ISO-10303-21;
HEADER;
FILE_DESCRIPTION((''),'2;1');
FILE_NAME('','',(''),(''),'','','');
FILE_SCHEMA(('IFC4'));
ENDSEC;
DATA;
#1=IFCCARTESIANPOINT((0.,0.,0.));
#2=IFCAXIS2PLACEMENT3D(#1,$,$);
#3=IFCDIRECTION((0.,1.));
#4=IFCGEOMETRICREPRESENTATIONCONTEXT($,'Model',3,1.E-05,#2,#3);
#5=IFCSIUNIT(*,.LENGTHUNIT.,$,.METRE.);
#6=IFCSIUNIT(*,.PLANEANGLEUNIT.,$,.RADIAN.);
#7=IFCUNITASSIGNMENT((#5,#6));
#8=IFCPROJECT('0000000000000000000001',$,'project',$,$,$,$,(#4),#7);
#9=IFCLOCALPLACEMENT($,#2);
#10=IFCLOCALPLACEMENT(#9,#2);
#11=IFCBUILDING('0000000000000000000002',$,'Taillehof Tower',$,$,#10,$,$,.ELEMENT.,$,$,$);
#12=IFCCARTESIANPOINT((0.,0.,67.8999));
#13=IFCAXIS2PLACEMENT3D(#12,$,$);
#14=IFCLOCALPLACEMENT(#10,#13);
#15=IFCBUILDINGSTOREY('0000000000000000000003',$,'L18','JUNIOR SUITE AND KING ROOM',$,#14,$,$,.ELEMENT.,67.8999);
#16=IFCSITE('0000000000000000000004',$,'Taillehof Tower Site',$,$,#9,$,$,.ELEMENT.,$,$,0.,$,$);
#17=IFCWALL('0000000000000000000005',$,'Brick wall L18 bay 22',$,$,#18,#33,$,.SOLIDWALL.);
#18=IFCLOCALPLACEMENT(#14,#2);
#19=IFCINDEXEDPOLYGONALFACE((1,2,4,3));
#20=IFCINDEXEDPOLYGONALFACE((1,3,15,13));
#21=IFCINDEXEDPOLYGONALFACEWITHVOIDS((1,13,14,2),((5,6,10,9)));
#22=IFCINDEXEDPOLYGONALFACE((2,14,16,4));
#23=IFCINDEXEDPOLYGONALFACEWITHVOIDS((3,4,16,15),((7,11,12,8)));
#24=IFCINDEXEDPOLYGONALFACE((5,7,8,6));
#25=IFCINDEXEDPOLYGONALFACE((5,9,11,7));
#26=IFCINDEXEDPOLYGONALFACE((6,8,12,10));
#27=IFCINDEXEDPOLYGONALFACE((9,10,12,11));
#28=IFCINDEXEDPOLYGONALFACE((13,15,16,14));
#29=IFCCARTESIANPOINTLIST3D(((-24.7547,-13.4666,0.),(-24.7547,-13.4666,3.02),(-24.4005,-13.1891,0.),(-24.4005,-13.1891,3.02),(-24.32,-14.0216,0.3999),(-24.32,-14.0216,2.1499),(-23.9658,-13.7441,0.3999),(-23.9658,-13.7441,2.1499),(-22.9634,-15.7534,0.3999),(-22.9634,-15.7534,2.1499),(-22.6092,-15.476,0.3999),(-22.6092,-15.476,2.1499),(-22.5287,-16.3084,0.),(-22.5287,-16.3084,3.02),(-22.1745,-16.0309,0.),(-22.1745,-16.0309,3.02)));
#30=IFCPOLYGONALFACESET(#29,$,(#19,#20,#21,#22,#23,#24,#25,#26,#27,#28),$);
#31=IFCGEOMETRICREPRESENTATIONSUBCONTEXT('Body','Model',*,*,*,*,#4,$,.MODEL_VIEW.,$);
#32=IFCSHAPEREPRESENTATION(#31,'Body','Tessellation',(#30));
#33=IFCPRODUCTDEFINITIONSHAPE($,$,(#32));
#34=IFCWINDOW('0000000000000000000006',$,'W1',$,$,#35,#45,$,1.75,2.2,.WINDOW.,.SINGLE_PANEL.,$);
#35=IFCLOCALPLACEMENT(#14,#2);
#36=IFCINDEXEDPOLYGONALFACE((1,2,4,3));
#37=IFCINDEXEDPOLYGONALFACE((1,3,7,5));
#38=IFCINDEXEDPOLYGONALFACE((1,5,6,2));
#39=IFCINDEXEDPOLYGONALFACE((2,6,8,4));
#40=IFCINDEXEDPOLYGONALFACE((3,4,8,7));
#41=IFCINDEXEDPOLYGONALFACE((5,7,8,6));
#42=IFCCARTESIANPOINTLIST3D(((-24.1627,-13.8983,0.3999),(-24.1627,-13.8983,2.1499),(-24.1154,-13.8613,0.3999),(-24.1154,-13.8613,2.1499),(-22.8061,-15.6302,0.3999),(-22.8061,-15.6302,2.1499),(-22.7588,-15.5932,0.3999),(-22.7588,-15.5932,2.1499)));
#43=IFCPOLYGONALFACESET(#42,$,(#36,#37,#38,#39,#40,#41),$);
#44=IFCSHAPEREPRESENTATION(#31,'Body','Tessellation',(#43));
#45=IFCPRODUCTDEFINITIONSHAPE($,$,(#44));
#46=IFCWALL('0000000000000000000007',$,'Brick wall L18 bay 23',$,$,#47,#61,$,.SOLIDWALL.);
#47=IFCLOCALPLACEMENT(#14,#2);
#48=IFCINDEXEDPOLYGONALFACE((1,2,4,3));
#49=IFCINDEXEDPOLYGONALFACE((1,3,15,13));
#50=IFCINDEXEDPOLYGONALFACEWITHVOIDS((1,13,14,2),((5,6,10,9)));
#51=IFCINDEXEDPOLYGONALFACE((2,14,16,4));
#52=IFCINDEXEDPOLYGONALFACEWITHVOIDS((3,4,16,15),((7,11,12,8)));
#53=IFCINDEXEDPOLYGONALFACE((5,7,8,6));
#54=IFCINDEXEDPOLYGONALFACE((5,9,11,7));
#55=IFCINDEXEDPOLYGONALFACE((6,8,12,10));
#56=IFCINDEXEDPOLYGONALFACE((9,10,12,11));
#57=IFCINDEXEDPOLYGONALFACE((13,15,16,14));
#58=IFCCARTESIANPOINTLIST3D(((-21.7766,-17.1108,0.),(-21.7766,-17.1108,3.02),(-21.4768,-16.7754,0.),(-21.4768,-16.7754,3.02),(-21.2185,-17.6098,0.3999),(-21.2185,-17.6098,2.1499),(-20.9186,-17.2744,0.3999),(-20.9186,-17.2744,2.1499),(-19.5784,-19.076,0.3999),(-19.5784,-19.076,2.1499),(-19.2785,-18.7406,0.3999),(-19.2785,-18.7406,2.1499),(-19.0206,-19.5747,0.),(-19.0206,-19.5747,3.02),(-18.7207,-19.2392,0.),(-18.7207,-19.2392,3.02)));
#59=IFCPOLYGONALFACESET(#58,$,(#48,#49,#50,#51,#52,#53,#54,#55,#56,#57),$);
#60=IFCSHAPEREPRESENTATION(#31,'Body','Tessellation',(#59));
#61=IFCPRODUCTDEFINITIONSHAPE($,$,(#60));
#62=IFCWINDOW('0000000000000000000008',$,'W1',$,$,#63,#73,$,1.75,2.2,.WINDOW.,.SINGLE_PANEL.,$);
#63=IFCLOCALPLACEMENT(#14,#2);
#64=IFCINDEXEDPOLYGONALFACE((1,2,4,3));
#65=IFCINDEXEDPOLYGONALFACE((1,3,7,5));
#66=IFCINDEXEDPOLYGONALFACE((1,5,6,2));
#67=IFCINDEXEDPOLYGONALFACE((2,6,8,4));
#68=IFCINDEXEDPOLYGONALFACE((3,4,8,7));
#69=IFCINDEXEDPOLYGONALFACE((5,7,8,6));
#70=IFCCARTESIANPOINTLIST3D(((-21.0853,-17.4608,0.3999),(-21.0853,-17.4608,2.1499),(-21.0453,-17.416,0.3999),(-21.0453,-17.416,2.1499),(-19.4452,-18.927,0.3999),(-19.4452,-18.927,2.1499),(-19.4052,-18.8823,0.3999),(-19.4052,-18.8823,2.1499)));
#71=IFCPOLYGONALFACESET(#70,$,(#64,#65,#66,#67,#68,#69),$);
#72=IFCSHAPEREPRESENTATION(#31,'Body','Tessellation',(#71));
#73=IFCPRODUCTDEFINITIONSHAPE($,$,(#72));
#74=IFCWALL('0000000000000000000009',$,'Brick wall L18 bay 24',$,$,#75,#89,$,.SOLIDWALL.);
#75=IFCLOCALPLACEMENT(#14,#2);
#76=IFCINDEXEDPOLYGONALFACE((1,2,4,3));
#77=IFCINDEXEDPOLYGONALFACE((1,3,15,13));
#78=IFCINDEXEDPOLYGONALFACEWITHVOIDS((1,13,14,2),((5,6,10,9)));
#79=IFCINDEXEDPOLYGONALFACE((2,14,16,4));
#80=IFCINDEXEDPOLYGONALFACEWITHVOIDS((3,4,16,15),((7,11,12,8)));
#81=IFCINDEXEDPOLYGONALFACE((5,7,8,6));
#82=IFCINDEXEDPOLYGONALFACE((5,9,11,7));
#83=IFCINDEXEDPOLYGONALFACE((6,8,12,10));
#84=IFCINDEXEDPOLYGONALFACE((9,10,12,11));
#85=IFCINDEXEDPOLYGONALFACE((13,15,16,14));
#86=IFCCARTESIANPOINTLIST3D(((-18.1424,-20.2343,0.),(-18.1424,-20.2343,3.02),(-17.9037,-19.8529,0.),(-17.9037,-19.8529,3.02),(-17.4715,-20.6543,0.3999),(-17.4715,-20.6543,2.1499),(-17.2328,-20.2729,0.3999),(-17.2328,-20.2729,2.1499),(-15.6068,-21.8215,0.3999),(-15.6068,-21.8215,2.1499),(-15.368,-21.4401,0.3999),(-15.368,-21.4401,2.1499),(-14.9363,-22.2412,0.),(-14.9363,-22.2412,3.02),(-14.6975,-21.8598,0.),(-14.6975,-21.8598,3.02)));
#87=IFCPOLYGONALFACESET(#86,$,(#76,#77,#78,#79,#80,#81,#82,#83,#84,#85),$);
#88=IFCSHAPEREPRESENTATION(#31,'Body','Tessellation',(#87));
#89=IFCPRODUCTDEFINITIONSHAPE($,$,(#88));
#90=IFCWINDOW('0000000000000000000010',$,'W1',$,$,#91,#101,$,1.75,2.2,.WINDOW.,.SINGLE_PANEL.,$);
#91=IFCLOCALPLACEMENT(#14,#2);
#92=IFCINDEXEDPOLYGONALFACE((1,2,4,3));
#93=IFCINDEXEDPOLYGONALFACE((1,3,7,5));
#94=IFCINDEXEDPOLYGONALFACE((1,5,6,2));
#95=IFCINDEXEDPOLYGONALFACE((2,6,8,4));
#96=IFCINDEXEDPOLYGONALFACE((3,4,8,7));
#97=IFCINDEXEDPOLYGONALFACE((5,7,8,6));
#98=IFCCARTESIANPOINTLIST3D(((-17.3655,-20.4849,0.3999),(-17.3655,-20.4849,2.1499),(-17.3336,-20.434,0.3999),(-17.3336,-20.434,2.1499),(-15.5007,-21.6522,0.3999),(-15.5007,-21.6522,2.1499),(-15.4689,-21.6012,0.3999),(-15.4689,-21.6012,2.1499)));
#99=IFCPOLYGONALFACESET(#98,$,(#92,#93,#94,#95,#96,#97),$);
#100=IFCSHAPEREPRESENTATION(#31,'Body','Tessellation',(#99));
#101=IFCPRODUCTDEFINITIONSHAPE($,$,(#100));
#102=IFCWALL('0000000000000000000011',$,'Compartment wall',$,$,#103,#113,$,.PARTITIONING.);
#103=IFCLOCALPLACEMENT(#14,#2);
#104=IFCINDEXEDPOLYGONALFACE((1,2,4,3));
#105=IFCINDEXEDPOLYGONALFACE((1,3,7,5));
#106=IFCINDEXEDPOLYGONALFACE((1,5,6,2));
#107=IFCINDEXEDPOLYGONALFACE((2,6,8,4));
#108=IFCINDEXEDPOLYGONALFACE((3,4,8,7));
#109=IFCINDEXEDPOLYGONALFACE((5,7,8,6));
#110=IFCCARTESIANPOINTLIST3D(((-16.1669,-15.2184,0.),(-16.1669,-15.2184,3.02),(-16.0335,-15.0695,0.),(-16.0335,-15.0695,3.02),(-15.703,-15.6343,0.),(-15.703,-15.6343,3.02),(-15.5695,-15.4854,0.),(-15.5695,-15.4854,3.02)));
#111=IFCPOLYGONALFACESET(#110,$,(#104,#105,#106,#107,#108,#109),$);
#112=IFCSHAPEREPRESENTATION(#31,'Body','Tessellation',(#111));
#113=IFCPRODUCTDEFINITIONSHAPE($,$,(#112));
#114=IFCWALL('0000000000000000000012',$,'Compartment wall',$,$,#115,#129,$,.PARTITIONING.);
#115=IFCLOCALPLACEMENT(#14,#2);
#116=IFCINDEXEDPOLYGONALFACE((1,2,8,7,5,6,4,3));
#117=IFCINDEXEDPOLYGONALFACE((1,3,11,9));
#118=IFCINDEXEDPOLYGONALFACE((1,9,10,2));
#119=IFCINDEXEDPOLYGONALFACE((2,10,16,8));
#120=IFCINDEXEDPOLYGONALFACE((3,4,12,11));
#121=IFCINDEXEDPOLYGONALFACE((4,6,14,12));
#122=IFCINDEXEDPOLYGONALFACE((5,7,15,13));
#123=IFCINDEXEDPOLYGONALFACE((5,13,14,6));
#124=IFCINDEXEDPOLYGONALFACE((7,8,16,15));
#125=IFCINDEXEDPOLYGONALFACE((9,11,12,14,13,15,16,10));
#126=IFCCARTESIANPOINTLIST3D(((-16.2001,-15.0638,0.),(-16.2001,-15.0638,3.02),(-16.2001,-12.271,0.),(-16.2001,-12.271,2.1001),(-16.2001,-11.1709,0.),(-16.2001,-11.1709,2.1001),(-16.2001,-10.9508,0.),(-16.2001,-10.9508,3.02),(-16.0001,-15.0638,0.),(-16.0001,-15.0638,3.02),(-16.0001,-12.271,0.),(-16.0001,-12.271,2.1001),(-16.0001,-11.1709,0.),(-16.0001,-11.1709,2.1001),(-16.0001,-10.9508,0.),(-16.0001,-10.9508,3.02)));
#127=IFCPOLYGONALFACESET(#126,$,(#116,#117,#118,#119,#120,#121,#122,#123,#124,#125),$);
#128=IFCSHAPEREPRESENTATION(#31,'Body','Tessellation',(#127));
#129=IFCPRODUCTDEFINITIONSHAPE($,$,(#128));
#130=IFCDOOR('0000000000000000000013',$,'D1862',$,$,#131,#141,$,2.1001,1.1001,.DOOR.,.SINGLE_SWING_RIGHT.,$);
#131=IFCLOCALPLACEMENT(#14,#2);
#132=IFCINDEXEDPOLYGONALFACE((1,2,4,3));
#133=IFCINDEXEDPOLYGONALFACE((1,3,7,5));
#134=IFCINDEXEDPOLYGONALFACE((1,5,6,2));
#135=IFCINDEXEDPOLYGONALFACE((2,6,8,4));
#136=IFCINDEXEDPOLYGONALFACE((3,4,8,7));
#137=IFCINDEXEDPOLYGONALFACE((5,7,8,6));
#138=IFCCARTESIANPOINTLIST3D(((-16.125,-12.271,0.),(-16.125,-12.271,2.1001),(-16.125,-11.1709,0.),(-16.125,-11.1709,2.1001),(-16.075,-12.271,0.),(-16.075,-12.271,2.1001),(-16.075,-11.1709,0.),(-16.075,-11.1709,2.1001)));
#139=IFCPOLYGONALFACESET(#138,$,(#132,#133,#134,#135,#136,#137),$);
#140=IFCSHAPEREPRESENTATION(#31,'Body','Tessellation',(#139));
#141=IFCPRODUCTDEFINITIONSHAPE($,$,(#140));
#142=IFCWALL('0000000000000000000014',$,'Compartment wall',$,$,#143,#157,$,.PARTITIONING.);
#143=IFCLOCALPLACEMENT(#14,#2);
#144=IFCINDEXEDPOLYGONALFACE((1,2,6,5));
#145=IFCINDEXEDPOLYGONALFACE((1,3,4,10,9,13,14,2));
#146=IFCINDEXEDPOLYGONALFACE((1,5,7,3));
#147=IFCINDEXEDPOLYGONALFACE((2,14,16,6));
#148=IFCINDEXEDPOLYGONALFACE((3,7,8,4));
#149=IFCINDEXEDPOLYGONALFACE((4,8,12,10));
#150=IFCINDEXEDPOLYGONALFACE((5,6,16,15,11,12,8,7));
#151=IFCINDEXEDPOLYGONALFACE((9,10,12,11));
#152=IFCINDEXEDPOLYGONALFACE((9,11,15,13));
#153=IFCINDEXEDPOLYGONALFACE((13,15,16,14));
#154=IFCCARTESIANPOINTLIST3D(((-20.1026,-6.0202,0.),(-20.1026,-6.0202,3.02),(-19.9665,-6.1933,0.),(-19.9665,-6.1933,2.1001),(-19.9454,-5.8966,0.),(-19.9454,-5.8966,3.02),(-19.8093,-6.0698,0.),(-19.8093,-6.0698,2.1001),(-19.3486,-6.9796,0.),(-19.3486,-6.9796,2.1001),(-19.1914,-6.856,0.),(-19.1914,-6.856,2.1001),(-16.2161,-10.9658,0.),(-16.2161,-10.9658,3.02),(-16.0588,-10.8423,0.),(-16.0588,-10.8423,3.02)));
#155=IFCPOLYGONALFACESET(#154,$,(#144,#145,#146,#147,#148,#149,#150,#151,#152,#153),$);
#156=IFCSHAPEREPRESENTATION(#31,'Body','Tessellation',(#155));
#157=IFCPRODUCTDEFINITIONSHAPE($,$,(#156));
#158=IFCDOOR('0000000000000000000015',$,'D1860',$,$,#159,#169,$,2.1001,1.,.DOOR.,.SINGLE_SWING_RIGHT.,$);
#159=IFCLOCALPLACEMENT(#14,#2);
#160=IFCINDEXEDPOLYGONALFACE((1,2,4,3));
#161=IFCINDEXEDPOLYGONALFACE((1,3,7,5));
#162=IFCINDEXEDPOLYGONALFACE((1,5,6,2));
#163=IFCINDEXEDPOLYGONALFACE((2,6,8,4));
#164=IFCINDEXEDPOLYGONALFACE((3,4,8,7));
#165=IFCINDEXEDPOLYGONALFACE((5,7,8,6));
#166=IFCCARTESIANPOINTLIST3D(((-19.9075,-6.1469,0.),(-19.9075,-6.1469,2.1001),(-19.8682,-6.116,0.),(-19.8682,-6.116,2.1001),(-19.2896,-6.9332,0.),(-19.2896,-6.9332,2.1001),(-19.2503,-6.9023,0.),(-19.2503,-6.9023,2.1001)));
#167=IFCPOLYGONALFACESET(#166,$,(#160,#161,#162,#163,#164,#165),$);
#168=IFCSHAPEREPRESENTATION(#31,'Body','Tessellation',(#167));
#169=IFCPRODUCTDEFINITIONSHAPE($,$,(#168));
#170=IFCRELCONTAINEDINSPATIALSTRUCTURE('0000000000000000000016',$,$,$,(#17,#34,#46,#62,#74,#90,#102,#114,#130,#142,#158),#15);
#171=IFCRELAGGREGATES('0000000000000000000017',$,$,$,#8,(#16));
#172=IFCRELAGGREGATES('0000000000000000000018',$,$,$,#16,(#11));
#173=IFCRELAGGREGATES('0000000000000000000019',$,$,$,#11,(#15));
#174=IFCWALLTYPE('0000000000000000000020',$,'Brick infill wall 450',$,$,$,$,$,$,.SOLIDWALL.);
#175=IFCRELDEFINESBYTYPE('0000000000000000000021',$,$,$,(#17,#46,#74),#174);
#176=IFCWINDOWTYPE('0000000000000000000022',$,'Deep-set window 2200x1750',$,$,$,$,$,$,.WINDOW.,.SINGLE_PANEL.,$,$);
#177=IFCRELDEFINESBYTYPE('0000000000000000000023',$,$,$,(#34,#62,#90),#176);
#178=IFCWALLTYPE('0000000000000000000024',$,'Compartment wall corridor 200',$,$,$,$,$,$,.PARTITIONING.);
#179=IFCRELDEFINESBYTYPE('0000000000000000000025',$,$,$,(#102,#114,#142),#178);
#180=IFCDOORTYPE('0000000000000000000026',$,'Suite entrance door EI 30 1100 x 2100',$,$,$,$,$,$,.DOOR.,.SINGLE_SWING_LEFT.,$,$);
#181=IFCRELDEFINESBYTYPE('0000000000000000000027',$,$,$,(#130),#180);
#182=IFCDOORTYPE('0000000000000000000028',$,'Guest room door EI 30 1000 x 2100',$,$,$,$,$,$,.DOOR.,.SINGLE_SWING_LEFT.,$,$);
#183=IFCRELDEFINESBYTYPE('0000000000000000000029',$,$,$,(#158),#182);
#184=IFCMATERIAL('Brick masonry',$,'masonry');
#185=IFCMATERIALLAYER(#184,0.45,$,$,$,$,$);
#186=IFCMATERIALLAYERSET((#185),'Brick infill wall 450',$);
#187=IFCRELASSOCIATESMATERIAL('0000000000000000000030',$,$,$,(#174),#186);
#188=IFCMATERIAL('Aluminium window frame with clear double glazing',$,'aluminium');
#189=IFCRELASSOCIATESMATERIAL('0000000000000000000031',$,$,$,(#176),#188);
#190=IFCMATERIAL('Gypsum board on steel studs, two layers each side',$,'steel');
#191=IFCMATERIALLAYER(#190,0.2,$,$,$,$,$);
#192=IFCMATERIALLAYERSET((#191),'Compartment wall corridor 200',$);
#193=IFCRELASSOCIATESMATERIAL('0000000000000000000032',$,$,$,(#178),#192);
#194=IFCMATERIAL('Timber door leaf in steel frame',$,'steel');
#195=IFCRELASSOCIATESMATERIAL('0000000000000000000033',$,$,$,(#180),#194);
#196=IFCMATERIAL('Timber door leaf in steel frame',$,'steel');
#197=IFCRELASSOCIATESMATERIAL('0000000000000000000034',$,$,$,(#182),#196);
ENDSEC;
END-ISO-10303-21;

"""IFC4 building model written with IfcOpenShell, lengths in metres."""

from ifc_helpers import new_model, si_unit, direction, frame, frame_2d, origin, place, context, subcontext, project, spatial, rectangle, extrude, material, layer, layer_set, type_object, element, fill, save


model = new_model("IFC4")

# Units and contexts
model_context = context("Model", 3, precision=1e-05, world=origin(), true_north=direction((0.0, 1.0)))
body_context = subcontext(model_context, "Body", "Model", "MODEL_VIEW")
ifc_project = project(units=[si_unit("LENGTHUNIT", "METRE"), si_unit("PLANEANGLEUNIT", "RADIAN")], contexts=[model_context])

# Site, building, storey
site_placement = place(None, origin())
site = spatial("IfcSite", under=ifc_project, at=site_placement, Name="Taillehof Tower Site", CompositionType="ELEMENT", RefElevation=0.0)
building_placement = place(site_placement, origin())
building = spatial("IfcBuilding", under=site, at=building_placement, Name="Taillehof Tower", CompositionType="ELEMENT")
storey_placement = place(building_placement, frame((0.0, 0.0, 67.8999)))
storey = spatial("IfcBuildingStorey", under=building, at=storey_placement, Name="L18", Description="JUNIOR SUITE AND KING ROOM", CompositionType="ELEMENT", Elevation=67.8999)

# Walls, openings, windows
ifc_material_1 = material(Name="Brick masonry", Category="masonry")
ifc_layer_1 = layer(ifc_material_1, 0.45)
ifc_layer_set_1 = layer_set([ifc_layer_1], Name="Brick infill wall 450")
wall_type_1 = type_object("IfcWallType", Name="Brick infill wall 450", PredefinedType="SOLIDWALL", material=ifc_layer_set_1)
ifc_material_2 = material(Name="Aluminium window frame with clear double glazing", Category="aluminium")
window_type = type_object("IfcWindowType", Name="Deep-set window 2200x1750", PartitioningType="SINGLE_PANEL", PredefinedType="WINDOW", material=ifc_material_2)
wall_1_placement = place(storey_placement, frame((-24.5776, -13.3279, 0.0), z_axis=(0.0, 0.0, 1.0), x_axis=(0.616662, -0.787228, 0.0)))
wall_1 = element("IfcWall", 1, at=wall_1_placement, inside=storey, type_object=wall_type_1, Name="Brick wall L18 bay 22", PredefinedType="SOLIDWALL", context=body_context, shape_type="SweptSolid", body=[
    extrude(rectangle(XDim=3.6099, YDim=0.45, at=frame_2d((1.8049, 0.0))), origin(), (0.0, 0.0, 1.0), 3.02),
])
opening_1_placement = place(wall_1_placement, frame((0.7048, 0.0, 0.3999)))
opening_1 = element("IfcOpeningElement", 2, at=opening_1_placement, cuts=wall_1, PredefinedType="OPENING", context=body_context, shape_type="SweptSolid", body=[
    extrude(rectangle(XDim=2.2, YDim=1.75, at=frame_2d((1.1001, 0.875))), frame((0.0, 0.2349, 0.0), z_axis=(0.0, -1.0, 0.0), x_axis=(1.0, 0.0, 0.0)), (0.0, 0.0, 1.0), 0.47),
])
window_1_placement = place(opening_1_placement, origin())
window_1 = element("IfcWindow", 3, at=window_1_placement, inside=storey, type_object=window_type, Name="W1", OverallHeight=1.75, OverallWidth=2.2, PartitioningType="SINGLE_PANEL", PredefinedType="WINDOW", context=body_context, shape_type="SweptSolid", body=[
    extrude(rectangle(XDim=2.2, YDim=1.75, at=frame_2d((1.1001, 0.875))), frame((0.0, 0.0349, 0.0), z_axis=(0.0, -1.0, 0.0), x_axis=(1.0, 0.0, 0.0)), (0.0, 0.0, 1.0), 0.0601),
])
fill(opening_1, window_1)
wall_2_placement = place(storey_placement, frame((-21.6267, -16.9431, 0.0), z_axis=(0.0, 0.0, 1.0), x_axis=(0.745526, -0.666476, 0.0)))
wall_2 = element("IfcWall", 4, at=wall_2_placement, inside=storey, type_object=wall_type_1, Name="Brick wall L18 bay 23", PredefinedType="SOLIDWALL", context=body_context, shape_type="SweptSolid", body=[
    extrude(rectangle(XDim=3.6968, YDim=0.45, at=frame_2d((1.8484, 0.0))), origin(), (0.0, 0.0, 1.0), 3.02),
])
opening_2_placement = place(wall_2_placement, frame((0.7485, 0.0, 0.3999)))
opening_2 = element("IfcOpeningElement", 5, at=opening_2_placement, cuts=wall_2, PredefinedType="OPENING", context=body_context, shape_type="SweptSolid", body=[
    extrude(rectangle(XDim=2.2, YDim=1.75, at=frame_2d((1.1001, 0.875))), frame((0.0, 0.2349, 0.0), z_axis=(0.0, -1.0, 0.0), x_axis=(1.0, 0.0, 0.0)), (0.0, 0.0, 1.0), 0.47),
])
window_2_placement = place(opening_2_placement, origin())
window_2 = element("IfcWindow", 6, at=window_2_placement, inside=storey, type_object=window_type, Name="W1", OverallHeight=1.75, OverallWidth=2.2, PartitioningType="SINGLE_PANEL", PredefinedType="WINDOW", context=body_context, shape_type="SweptSolid", body=[
    extrude(rectangle(XDim=2.2, YDim=1.75, at=frame_2d((1.1001, 0.875))), frame((0.0, 0.0349, 0.0), z_axis=(0.0, -1.0, 0.0), x_axis=(1.0, 0.0, 0.0)), (0.0, 0.0, 1.0), 0.0601),
])
fill(opening_2, window_2)
wall_3_placement = place(storey_placement, frame((-18.0229, -20.0437, 0.0), z_axis=(0.0, 0.0, 1.0), x_axis=(0.847635, -0.530579, 0.0)))
wall_3 = element("IfcWall", 7, at=wall_3_placement, inside=storey, type_object=wall_type_1, Name="Brick wall L18 bay 24", PredefinedType="SOLIDWALL", context=body_context, shape_type="SweptSolid", body=[
    extrude(rectangle(XDim=3.7825, YDim=0.45, at=frame_2d((1.8911, 0.0))), origin(), (0.0, 0.0, 1.0), 3.02),
])
opening_3_placement = place(wall_3_placement, frame((0.7913, 0.0, 0.3999)))
opening_3 = element("IfcOpeningElement", 8, at=opening_3_placement, cuts=wall_3, PredefinedType="OPENING", context=body_context, shape_type="SweptSolid", body=[
    extrude(rectangle(XDim=2.2, YDim=1.75, at=frame_2d((1.1001, 0.875))), frame((0.0, 0.2349, 0.0), z_axis=(0.0, -1.0, 0.0), x_axis=(1.0, 0.0, 0.0)), (0.0, 0.0, 1.0), 0.47),
])
window_3_placement = place(opening_3_placement, origin())
window_3 = element("IfcWindow", 9, at=window_3_placement, inside=storey, type_object=window_type, Name="W1", OverallHeight=1.75, OverallWidth=2.2, PartitioningType="SINGLE_PANEL", PredefinedType="WINDOW", context=body_context, shape_type="SweptSolid", body=[
    extrude(rectangle(XDim=2.2, YDim=1.75, at=frame_2d((1.1001, 0.875))), frame((0.0, 0.0349, 0.0), z_axis=(0.0, -1.0, 0.0), x_axis=(1.0, 0.0, 0.0)), (0.0, 0.0, 1.0), 0.0601),
])
fill(opening_3, window_3)

# Wall
ifc_material_3 = material(Name="Gypsum board on steel studs, two layers each side", Category="steel")
ifc_layer_2 = layer(ifc_material_3, 0.2)
ifc_layer_set_2 = layer_set([ifc_layer_2], Name="Compartment wall corridor 200")
wall_type_2 = type_object("IfcWallType", Name="Compartment wall corridor 200", PredefinedType="PARTITIONING", material=ifc_layer_set_2)
wall_4_placement = place(storey_placement, frame((-15.6362, -15.5598, 0.0), z_axis=(0.0, 0.0, 1.0), x_axis=(-0.744657, 0.667448, 0.0)))
element("IfcWall", 10, at=wall_4_placement, inside=storey, type_object=wall_type_2, Name="Compartment wall", PredefinedType="PARTITIONING", context=body_context, shape_type="SweptSolid", body=[
    extrude(rectangle(XDim=0.623, YDim=0.2, at=frame_2d((0.3115, 0.0))), origin(), (0.0, 0.0, 1.0), 3.02),
])

# Walls, openings, doors
wall_5_placement = place(storey_placement, frame((-16.1001, -15.064, 0.0), z_axis=(0.0, 0.0, 1.0), x_axis=(0.0, 1.0, 0.0)))
wall_5 = element("IfcWall", 11, at=wall_5_placement, inside=storey, type_object=wall_type_2, Name="Compartment wall", PredefinedType="PARTITIONING", context=body_context, shape_type="SweptSolid", body=[
    extrude(rectangle(XDim=4.113, YDim=0.2, at=frame_2d((2.0566, 0.0))), origin(), (0.0, 0.0, 1.0), 3.02),
])
opening_4_placement = place(wall_5_placement, frame((2.793, 0.0, 0.0)))
opening_4 = element("IfcOpeningElement", 12, at=opening_4_placement, cuts=wall_5, PredefinedType="OPENING", context=body_context, shape_type="SweptSolid", body=[
    extrude(rectangle(XDim=1.1001, YDim=2.1001, at=frame_2d((0.55, 1.05))), frame((0.0, 0.1099, 0.0), z_axis=(0.0, -1.0, 0.0), x_axis=(1.0, 0.0, 0.0)), (0.0, 0.0, 1.0), 0.22),
])
ifc_material_4 = material(Name="Timber door leaf in steel frame", Category="steel")
door_type_1 = type_object("IfcDoorType", Name="Suite entrance door EI 30 1100 x 2100", OperationType="SINGLE_SWING_LEFT", PredefinedType="DOOR", material=ifc_material_4)
door_1_placement = place(opening_4_placement, origin())
door_1 = element("IfcDoor", 13, at=door_1_placement, inside=storey, type_object=door_type_1, Name="D1862", OperationType="SINGLE_SWING_RIGHT", OverallHeight=2.1001, OverallWidth=1.1001, PredefinedType="DOOR", context=body_context, shape_type="SweptSolid", body=[
    extrude(rectangle(XDim=1.1001, YDim=2.1001, at=frame_2d((0.55, 1.05))), frame((0.0, 0.0249, 0.0), z_axis=(0.0, -1.0, 0.0), x_axis=(1.0, 0.0, 0.0)), (0.0, 0.0, 1.0), 0.05),
])
fill(opening_4, door_1)
wall_6_placement = place(storey_placement, frame((-16.1375, -10.9041, 0.0), z_axis=(0.0, 0.0, 1.0), x_axis=(-0.617888, 0.786266, 0.0)))
wall_6 = element("IfcWall", 14, at=wall_6_placement, inside=storey, type_object=wall_type_2, Name="Compartment wall", PredefinedType="PARTITIONING", context=body_context, shape_type="SweptSolid", body=[
    extrude(rectangle(XDim=6.29, YDim=0.2, at=frame_2d((3.145, 0.0))), origin(), (0.0, 0.0, 1.0), 3.02),
])
opening_5_placement = place(wall_6_placement, frame((5.0698, 0.0, 0.0)))
opening_5 = element("IfcOpeningElement", 15, at=opening_5_placement, cuts=wall_6, PredefinedType="OPENING", context=body_context, shape_type="SweptSolid", body=[
    extrude(rectangle(XDim=1.0, YDim=2.1001, at=frame_2d((0.5, 1.05))), frame((0.0, 0.1099, 0.0), z_axis=(0.0, -1.0, 0.0), x_axis=(1.0, 0.0, 0.0)), (0.0, 0.0, 1.0), 0.22),
])
ifc_material_5 = material(Name="Timber door leaf in steel frame", Category="steel")
door_type_2 = type_object("IfcDoorType", Name="Guest room door EI 30 1000 x 2100", OperationType="SINGLE_SWING_LEFT", PredefinedType="DOOR", material=ifc_material_5)
door_2_placement = place(opening_5_placement, origin())
door_2 = element("IfcDoor", 16, at=door_2_placement, inside=storey, type_object=door_type_2, Name="D1860", OperationType="SINGLE_SWING_RIGHT", OverallHeight=2.1001, OverallWidth=1.0, PredefinedType="DOOR", context=body_context, shape_type="SweptSolid", body=[
    extrude(rectangle(XDim=1.0, YDim=2.1001, at=frame_2d((0.5, 1.05))), frame((0.0, 0.0249, 0.0), z_axis=(0.0, -1.0, 0.0), x_axis=(1.0, 0.0, 0.0)), (0.0, 0.0, 1.0), 0.05),
])
fill(opening_5, door_2)

save(model, "model.ifc")
